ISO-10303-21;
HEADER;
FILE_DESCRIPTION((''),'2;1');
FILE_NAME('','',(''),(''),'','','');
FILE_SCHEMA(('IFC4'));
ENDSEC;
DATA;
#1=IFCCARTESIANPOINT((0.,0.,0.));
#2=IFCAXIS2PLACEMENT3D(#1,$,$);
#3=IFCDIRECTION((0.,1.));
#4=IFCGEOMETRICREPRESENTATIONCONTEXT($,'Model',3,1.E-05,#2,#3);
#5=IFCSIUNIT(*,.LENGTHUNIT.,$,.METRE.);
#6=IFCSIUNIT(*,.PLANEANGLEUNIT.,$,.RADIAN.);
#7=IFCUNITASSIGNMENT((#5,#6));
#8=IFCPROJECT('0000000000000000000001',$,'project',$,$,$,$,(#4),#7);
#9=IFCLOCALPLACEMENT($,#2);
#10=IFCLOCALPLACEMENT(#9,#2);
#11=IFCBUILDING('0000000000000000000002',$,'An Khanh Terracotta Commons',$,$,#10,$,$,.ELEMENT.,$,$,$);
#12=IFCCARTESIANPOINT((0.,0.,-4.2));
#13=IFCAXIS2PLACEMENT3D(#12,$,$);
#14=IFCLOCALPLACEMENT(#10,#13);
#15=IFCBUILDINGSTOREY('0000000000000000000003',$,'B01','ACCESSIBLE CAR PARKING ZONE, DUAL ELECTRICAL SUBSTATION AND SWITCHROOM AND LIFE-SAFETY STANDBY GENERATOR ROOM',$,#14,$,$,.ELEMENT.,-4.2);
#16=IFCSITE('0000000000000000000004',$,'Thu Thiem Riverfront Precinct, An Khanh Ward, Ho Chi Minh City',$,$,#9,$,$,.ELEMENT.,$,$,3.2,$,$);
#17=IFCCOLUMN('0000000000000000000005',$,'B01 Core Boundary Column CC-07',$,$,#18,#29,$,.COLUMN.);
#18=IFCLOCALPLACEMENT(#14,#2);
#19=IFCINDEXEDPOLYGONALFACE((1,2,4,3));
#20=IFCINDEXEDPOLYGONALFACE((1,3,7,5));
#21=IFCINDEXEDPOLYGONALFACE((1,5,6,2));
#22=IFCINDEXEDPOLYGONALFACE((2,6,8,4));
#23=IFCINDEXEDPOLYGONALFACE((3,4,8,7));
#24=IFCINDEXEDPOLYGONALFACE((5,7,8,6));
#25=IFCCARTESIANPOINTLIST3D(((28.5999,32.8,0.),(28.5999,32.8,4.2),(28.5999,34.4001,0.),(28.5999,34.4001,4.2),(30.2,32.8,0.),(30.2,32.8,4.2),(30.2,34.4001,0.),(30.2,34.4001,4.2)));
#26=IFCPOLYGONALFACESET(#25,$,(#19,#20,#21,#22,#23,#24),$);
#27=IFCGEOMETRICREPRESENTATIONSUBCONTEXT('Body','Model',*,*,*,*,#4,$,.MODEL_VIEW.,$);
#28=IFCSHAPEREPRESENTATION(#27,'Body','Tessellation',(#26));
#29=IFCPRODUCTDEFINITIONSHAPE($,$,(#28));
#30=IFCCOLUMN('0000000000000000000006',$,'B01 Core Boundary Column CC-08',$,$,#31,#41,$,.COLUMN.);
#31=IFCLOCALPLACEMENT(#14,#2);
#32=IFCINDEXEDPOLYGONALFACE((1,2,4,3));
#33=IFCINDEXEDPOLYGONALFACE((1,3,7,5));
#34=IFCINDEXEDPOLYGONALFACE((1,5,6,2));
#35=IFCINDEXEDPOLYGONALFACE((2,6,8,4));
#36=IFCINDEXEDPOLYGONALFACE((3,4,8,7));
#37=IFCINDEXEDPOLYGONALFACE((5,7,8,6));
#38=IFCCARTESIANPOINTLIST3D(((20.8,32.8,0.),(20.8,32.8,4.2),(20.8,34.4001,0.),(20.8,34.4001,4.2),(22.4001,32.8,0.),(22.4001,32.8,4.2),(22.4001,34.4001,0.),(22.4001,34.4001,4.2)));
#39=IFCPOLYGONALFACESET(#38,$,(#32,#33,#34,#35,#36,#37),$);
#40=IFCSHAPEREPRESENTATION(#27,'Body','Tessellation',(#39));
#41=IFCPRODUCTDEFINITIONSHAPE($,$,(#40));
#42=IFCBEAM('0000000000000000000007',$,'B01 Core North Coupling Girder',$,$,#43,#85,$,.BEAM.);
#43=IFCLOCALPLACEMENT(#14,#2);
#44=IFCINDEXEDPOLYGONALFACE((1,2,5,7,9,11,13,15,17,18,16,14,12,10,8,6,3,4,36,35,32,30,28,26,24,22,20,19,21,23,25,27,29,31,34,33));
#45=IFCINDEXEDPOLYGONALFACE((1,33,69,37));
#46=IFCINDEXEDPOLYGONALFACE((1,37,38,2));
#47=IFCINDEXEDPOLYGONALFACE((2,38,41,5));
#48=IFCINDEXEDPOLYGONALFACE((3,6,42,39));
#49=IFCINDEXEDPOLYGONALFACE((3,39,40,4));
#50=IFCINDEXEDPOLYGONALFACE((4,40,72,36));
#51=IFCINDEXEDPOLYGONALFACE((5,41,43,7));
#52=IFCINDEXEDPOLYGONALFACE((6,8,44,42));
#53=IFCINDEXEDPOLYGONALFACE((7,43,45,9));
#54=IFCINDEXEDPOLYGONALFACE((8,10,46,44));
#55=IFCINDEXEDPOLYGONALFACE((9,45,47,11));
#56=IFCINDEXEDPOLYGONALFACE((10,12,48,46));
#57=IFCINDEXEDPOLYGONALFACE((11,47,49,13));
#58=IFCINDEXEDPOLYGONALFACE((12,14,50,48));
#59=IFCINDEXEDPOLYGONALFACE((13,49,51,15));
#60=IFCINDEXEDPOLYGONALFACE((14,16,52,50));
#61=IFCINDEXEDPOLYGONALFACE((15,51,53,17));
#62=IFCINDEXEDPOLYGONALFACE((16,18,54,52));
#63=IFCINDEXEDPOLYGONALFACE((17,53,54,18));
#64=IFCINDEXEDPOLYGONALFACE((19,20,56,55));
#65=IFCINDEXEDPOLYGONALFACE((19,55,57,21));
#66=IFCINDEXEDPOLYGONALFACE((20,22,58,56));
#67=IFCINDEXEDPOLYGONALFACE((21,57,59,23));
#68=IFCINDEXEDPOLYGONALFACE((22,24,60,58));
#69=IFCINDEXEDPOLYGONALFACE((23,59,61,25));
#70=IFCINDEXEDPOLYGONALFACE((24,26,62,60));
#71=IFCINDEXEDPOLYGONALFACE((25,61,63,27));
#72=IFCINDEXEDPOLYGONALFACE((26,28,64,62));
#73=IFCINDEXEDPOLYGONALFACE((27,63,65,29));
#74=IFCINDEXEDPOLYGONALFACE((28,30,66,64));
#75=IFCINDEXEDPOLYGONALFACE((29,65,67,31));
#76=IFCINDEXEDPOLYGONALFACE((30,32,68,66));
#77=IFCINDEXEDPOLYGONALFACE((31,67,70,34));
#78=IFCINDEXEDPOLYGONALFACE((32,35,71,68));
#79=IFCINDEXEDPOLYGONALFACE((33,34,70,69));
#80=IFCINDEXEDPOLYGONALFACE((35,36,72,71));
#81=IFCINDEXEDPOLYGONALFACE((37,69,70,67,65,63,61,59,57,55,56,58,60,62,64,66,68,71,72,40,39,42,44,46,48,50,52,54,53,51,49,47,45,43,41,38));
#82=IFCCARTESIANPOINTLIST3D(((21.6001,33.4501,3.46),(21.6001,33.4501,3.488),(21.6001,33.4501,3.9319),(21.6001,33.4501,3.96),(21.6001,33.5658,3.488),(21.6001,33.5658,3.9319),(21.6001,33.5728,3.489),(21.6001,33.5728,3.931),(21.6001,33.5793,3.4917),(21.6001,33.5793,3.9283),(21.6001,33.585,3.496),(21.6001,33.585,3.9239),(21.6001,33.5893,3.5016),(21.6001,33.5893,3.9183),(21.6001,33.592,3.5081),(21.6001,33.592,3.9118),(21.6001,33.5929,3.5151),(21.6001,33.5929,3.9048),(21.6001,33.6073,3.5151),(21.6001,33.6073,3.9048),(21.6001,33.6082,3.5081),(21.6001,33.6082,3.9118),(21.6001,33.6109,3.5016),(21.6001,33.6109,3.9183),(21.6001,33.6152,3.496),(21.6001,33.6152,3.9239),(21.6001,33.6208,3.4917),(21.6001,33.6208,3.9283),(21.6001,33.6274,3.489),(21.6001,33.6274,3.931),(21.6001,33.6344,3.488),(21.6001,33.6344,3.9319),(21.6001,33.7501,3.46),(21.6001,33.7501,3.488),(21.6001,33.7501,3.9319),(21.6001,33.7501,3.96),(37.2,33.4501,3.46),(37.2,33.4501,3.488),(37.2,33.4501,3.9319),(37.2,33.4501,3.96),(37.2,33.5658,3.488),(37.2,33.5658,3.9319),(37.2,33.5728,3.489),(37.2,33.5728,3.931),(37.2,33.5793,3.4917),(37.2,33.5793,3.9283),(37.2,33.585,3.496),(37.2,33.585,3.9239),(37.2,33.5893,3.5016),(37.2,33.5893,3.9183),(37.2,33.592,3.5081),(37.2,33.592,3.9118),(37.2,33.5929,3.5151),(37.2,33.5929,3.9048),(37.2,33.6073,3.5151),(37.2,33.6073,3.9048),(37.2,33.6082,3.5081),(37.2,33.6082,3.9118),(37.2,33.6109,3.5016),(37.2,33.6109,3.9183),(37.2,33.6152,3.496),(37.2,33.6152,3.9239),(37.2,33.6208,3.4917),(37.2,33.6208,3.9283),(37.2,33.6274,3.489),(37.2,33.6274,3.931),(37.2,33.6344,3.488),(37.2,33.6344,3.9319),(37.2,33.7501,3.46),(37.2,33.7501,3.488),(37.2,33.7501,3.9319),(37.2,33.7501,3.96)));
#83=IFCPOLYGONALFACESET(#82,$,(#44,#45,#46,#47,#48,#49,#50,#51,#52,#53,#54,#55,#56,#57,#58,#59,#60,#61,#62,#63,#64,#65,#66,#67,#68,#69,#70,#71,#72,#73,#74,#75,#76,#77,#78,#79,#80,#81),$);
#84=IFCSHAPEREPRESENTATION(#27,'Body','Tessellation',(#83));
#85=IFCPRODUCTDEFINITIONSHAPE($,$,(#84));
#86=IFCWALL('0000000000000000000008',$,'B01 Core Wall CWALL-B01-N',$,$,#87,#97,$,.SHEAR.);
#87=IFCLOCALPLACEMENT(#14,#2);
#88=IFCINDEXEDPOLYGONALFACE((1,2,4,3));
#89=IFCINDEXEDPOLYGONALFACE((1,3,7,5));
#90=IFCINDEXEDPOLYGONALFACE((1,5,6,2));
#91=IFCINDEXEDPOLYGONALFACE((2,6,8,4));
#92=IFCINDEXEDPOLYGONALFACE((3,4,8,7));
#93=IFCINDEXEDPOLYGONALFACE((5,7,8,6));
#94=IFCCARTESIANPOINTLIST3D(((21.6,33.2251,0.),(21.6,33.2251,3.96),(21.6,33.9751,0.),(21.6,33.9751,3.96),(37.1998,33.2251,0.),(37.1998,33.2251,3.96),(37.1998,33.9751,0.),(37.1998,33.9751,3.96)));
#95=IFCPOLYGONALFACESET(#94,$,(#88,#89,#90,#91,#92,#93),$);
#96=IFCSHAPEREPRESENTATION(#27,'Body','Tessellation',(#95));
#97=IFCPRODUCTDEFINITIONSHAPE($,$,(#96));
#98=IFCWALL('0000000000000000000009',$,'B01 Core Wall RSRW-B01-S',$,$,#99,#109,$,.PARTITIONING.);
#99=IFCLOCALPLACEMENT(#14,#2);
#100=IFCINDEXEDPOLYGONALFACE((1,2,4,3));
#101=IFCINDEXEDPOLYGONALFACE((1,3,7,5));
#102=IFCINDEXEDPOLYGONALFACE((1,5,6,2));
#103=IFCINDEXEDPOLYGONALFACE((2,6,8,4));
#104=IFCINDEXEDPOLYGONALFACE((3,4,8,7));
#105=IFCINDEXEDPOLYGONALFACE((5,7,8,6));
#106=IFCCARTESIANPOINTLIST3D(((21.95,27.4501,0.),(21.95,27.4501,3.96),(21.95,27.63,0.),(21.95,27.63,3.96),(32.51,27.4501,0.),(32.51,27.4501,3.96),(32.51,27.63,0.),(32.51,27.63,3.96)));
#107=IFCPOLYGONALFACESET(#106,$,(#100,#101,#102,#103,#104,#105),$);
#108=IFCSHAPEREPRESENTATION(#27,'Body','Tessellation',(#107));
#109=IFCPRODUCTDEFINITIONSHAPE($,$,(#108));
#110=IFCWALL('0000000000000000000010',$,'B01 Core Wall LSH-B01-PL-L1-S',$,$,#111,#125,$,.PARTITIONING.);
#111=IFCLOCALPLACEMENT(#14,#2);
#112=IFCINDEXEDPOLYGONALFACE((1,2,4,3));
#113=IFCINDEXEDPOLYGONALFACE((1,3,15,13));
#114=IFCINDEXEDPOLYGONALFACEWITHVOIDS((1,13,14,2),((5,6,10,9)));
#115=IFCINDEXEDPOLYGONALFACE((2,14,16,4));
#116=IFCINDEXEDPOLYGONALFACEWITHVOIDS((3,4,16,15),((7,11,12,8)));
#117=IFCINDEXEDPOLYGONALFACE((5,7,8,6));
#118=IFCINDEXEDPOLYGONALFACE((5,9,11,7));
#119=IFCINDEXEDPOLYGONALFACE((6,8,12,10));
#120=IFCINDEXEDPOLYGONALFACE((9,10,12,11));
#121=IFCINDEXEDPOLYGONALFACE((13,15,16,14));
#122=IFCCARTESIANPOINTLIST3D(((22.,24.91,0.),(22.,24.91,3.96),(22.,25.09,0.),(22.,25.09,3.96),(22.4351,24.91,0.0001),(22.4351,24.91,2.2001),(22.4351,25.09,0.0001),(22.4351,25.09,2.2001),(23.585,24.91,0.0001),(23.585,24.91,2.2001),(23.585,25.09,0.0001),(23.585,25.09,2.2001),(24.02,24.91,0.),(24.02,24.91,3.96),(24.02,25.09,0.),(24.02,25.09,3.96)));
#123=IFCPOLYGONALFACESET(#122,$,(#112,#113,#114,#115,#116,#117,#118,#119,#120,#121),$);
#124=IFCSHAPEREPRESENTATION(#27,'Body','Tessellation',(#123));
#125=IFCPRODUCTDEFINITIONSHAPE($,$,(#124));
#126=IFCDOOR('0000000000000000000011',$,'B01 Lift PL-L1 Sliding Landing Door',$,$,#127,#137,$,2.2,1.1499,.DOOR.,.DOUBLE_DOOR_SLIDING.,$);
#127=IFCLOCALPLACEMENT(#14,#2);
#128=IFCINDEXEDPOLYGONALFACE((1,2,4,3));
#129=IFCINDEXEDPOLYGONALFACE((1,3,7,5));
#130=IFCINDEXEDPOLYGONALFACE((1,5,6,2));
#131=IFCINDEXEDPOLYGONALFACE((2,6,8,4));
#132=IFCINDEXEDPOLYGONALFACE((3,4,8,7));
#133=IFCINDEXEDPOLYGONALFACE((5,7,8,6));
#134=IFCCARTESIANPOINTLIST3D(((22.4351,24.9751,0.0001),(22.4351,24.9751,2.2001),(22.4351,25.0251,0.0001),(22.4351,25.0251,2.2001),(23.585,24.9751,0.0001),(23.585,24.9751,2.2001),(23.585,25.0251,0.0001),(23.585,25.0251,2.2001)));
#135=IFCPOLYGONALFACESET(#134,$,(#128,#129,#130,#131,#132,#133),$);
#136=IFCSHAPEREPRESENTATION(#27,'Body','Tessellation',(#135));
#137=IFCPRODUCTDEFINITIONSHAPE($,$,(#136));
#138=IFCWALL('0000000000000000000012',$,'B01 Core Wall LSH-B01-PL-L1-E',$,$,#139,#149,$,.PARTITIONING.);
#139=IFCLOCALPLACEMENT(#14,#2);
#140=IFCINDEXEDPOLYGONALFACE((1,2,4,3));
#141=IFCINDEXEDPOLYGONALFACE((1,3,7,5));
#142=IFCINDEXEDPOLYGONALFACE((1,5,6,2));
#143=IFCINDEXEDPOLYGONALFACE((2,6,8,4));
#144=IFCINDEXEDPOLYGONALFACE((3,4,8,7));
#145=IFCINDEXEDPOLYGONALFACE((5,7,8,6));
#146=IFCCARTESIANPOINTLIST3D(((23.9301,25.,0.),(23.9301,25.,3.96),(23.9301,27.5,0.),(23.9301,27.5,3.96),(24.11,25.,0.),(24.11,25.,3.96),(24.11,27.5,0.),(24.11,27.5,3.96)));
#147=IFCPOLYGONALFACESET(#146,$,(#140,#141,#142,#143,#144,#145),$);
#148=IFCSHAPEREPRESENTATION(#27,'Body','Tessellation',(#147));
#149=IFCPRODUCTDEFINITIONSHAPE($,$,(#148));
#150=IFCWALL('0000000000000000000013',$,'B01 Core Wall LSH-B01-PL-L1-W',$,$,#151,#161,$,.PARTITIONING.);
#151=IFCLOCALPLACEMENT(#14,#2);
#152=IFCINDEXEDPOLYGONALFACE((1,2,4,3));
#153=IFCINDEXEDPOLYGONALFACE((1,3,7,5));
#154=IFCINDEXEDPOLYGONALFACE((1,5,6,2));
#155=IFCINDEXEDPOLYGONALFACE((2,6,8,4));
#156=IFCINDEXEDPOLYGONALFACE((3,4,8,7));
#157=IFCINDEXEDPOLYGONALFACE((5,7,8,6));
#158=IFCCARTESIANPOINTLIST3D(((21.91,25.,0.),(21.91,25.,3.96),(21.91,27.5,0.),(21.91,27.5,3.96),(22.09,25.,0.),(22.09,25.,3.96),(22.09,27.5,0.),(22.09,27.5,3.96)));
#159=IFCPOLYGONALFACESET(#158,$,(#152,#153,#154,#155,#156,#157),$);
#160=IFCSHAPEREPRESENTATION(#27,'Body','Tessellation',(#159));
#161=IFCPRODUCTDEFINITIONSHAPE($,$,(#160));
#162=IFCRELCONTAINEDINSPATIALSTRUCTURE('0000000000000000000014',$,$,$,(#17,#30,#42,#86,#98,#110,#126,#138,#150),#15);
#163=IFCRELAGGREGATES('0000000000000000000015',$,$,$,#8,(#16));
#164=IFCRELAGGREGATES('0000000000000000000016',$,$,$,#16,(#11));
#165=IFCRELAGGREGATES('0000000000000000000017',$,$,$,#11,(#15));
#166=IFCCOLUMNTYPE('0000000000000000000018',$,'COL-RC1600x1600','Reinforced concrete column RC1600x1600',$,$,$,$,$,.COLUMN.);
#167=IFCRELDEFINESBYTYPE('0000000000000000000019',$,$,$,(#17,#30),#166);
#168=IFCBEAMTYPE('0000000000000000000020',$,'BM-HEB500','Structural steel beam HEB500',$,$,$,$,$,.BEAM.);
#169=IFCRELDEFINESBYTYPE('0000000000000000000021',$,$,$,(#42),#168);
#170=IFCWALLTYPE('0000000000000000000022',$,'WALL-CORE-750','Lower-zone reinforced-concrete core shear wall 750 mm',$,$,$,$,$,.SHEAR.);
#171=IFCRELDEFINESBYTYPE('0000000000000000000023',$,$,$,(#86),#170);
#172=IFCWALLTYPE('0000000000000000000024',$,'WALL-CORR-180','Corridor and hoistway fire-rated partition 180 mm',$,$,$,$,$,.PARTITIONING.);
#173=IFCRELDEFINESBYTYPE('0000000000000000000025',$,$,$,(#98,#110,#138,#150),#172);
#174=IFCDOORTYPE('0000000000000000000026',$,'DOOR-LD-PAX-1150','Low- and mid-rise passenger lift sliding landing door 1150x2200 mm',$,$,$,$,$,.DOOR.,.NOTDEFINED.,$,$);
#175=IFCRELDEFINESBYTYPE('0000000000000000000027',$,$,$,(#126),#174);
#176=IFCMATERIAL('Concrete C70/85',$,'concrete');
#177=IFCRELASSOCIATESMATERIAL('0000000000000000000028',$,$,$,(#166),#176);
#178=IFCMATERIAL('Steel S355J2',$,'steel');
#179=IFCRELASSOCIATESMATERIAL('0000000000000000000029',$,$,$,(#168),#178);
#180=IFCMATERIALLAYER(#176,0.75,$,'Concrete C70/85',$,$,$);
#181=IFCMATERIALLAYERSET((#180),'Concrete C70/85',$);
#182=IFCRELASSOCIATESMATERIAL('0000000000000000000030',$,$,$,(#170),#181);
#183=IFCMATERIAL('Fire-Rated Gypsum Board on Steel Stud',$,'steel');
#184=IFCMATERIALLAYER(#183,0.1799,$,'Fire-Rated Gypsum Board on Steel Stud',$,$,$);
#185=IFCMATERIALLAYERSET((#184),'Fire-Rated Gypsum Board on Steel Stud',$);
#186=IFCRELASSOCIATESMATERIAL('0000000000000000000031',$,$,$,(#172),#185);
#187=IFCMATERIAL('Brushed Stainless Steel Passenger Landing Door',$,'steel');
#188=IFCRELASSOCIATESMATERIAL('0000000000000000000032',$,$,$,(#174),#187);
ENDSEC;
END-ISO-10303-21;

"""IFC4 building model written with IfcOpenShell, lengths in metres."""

from ifc_helpers import new_model, si_unit, direction, frame, frame_2d, origin, origin_2d, place, context, subcontext, project, spatial, rectangle, i_section, extrude, material, layer, layer_set, material_profile, profile_set, type_object, element, fill, save


model = new_model("IFC4")

# Units and contexts
model_context = context("Model", 3, precision=1e-05, world=origin(), true_north=direction((0.0, 1.0)))
body_context = subcontext(model_context, "Body", "Model", "MODEL_VIEW")
ifc_project = project(units=[si_unit("LENGTHUNIT", "METRE"), si_unit("PLANEANGLEUNIT", "RADIAN")], contexts=[model_context])

# Site, building, storey
site_placement = place(None, origin())
site = spatial("IfcSite", under=ifc_project, at=site_placement, Name="Thu Thiem Riverfront Precinct, An Khanh Ward, Ho Chi Minh City", CompositionType="ELEMENT", RefElevation=3.2)
building_placement = place(site_placement, origin())
building = spatial("IfcBuilding", under=site, at=building_placement, Name="An Khanh Terracotta Commons", CompositionType="ELEMENT")
storey_placement = place(building_placement, frame((0.0, 0.0, -4.2)))
storey = spatial("IfcBuildingStorey", under=building, at=storey_placement, Name="B01", Description="ACCESSIBLE CAR PARKING ZONE, DUAL ELECTRICAL SUBSTATION AND SWITCHROOM AND LIFE-SAFETY STANDBY GENERATOR ROOM", CompositionType="ELEMENT", Elevation=-4.2)

# Columns
ifc_material_1 = material(Name="Concrete C70/85", Category="concrete")
ifc_material_profile_1 = material_profile(ifc_material_1, rectangle(XDim=1.6001, YDim=1.6001, at=origin_2d()), Name="RC1600x1600")
ifc_profile_set_1 = profile_set([ifc_material_profile_1], Name="Concrete C70/85")
column_type = type_object("IfcColumnType", Name="COL-RC1600x1600", Description="Reinforced concrete column RC1600x1600", PredefinedType="COLUMN", material=ifc_profile_set_1)
for number, where, z_axis, x_axis, name in (
    (1, (29.3999, 33.6001, 0.0), (0.0, 0.0, 1.0), (1.0, 0.0, 0.0), "B01 Core Boundary Column CC-07"),
    (2, (21.6001, 33.6001, 0.0), (0.0, 0.0, 1.0), (1.0, 0.0, 0.0), "B01 Core Boundary Column CC-08"),
):
    element("IfcColumn", number, at=place(storey_placement, frame(where, z_axis=z_axis, x_axis=x_axis)), inside=storey, type_object=column_type, Name=name, PredefinedType="COLUMN", context=body_context, shape_type="SweptSolid", body=[
        extrude(rectangle(XDim=1.6001, YDim=1.6001, at=origin_2d()), origin(), (0.0, 0.0, 1.0), 4.2),
    ])

# Beam
ifc_material_2 = material(Name="Steel S355J2", Category="steel")
ifc_material_profile_2 = material_profile(ifc_material_2, i_section(OverallWidth=0.3, OverallDepth=0.5, WebThickness=0.0144, FlangeThickness=0.0281, FilletRadius=0.0271, at=origin_2d()), Name="HEB500")
ifc_profile_set_2 = profile_set([ifc_material_profile_2], Name="Steel S355J2")
beam_type = type_object("IfcBeamType", Name="BM-HEB500", Description="Structural steel beam HEB500", PredefinedType="BEAM", material=ifc_profile_set_2)
beam_placement = place(storey_placement, frame((21.6001, 33.6001, 3.71), z_axis=(1.0, 0.0, 0.0), x_axis=(0.0, 1.0, 0.0)))
element("IfcBeam", 3, at=beam_placement, inside=storey, type_object=beam_type, Name="B01 Core North Coupling Girder", PredefinedType="BEAM", context=body_context, shape_type="SweptSolid", body=[
    extrude(i_section(OverallWidth=0.3, OverallDepth=0.5, WebThickness=0.0144, FlangeThickness=0.0281, FilletRadius=0.0271, at=origin_2d()), origin(), (0.0, 0.0, 1.0), 15.5999),
])

# Walls
ifc_layer_1 = layer(ifc_material_1, 0.75, Name="Concrete C70/85")
ifc_layer_set_1 = layer_set([ifc_layer_1], Name="Concrete C70/85")
wall_type_1 = type_object("IfcWallType", Name="WALL-CORE-750", Description="Lower-zone reinforced-concrete core shear wall 750 mm", PredefinedType="SHEAR", material=ifc_layer_set_1)
wall_1_placement = place(storey_placement, frame((21.6001, 33.6001, 0.0), z_axis=(0.0, 0.0, 1.0), x_axis=(1.0, 0.0, 0.0)))
element("IfcWall", 4, at=wall_1_placement, inside=storey, type_object=wall_type_1, Name="B01 Core Wall CWALL-B01-N", PredefinedType="SHEAR", context=body_context, shape_type="SweptSolid", body=[
    extrude(rectangle(XDim=15.5999, YDim=0.75, at=frame_2d((7.7998, 0.0))), origin(), (0.0, 0.0, 1.0), 3.96),
])
ifc_material_3 = material(Name="Fire-Rated Gypsum Board on Steel Stud", Category="steel")
ifc_layer_2 = layer(ifc_material_3, 0.1799, Name="Fire-Rated Gypsum Board on Steel Stud")
ifc_layer_set_2 = layer_set([ifc_layer_2], Name="Fire-Rated Gypsum Board on Steel Stud")
wall_type_2 = type_object("IfcWallType", Name="WALL-CORR-180", Description="Corridor and hoistway fire-rated partition 180 mm", PredefinedType="PARTITIONING", material=ifc_layer_set_2)
wall_2_placement = place(storey_placement, frame((21.95, 27.54, 0.0), z_axis=(0.0, 0.0, 1.0), x_axis=(1.0, 0.0, 0.0)))
element("IfcWall", 5, at=wall_2_placement, inside=storey, type_object=wall_type_2, Name="B01 Core Wall RSRW-B01-S", PredefinedType="PARTITIONING", context=body_context, shape_type="SweptSolid", body=[
    extrude(rectangle(XDim=10.5601, YDim=0.1799, at=frame_2d((5.28, 0.0))), origin(), (0.0, 0.0, 1.0), 3.96),
])

# Wall, opening, door
wall_3_placement = place(storey_placement, frame((24.02, 25.0, 0.0), z_axis=(0.0, 0.0, 1.0), x_axis=(-1.0, 0.0, 0.0)))
wall_3 = element("IfcWall", 6, at=wall_3_placement, inside=storey, type_object=wall_type_2, Name="B01 Core Wall LSH-B01-PL-L1-S", PredefinedType="PARTITIONING", context=body_context, shape_type="SweptSolid", body=[
    extrude(rectangle(XDim=2.02, YDim=0.1799, at=frame_2d((1.01, 0.0))), origin(), (0.0, 0.0, 1.0), 3.96),
])
opening_1_placement = place(wall_3_placement, frame((0.4351, 0.0, 0.0)))
opening_1 = element("IfcOpeningElement", 7, at=opening_1_placement, cuts=wall_3, PredefinedType="OPENING", context=body_context, shape_type="SweptSolid", body=[
    extrude(rectangle(XDim=1.1499, YDim=2.2, at=frame_2d((0.575, 1.1001))), frame((0.0, 0.0999, 0.0), z_axis=(0.0, -1.0, 0.0), x_axis=(1.0, 0.0, 0.0)), (0.0, 0.0, 1.0), 0.2),
])
ifc_material_4 = material(Name="Brushed Stainless Steel Passenger Landing Door", Category="steel")
door_type = type_object("IfcDoorType", Name="DOOR-LD-PAX-1150", Description="Low- and mid-rise passenger lift sliding landing door 1150x2200 mm", OperationType="NOTDEFINED", PredefinedType="DOOR", material=ifc_material_4)
door_1_placement = place(opening_1_placement, origin())
door_1 = element("IfcDoor", 8, at=door_1_placement, inside=storey, type_object=door_type, Name="B01 Lift PL-L1 Sliding Landing Door", OperationType="DOUBLE_DOOR_SLIDING", OverallHeight=2.2, OverallWidth=1.1499, PredefinedType="DOOR", context=body_context, shape_type="SweptSolid", body=[
    extrude(rectangle(XDim=1.1499, YDim=2.2, at=frame_2d((0.575, 1.1001))), frame((0.0, 0.0249, 0.0), z_axis=(0.0, -1.0, 0.0), x_axis=(1.0, 0.0, 0.0)), (0.0, 0.0, 1.0), 0.05),
])
fill(opening_1, door_1)

# Walls
for number, where, z_axis, x_axis, name in (
    (9, (24.02, 25.0, 0.0), (0.0, 0.0, 1.0), (0.0, 1.0, 0.0), "B01 Core Wall LSH-B01-PL-L1-E"),
    (10, (22.0, 27.5, 0.0), (0.0, 0.0, 1.0), (0.0, -1.0, 0.0), "B01 Core Wall LSH-B01-PL-L1-W"),
):
    element("IfcWall", number, at=place(storey_placement, frame(where, z_axis=z_axis, x_axis=x_axis)), inside=storey, type_object=wall_type_2, Name=name, PredefinedType="PARTITIONING", context=body_context, shape_type="SweptSolid", body=[
        extrude(rectangle(XDim=2.5, YDim=0.1799, at=frame_2d((1.25, 0.0))), origin(), (0.0, 0.0, 1.0), 3.96),
    ])

save(model, "model.ifc")
